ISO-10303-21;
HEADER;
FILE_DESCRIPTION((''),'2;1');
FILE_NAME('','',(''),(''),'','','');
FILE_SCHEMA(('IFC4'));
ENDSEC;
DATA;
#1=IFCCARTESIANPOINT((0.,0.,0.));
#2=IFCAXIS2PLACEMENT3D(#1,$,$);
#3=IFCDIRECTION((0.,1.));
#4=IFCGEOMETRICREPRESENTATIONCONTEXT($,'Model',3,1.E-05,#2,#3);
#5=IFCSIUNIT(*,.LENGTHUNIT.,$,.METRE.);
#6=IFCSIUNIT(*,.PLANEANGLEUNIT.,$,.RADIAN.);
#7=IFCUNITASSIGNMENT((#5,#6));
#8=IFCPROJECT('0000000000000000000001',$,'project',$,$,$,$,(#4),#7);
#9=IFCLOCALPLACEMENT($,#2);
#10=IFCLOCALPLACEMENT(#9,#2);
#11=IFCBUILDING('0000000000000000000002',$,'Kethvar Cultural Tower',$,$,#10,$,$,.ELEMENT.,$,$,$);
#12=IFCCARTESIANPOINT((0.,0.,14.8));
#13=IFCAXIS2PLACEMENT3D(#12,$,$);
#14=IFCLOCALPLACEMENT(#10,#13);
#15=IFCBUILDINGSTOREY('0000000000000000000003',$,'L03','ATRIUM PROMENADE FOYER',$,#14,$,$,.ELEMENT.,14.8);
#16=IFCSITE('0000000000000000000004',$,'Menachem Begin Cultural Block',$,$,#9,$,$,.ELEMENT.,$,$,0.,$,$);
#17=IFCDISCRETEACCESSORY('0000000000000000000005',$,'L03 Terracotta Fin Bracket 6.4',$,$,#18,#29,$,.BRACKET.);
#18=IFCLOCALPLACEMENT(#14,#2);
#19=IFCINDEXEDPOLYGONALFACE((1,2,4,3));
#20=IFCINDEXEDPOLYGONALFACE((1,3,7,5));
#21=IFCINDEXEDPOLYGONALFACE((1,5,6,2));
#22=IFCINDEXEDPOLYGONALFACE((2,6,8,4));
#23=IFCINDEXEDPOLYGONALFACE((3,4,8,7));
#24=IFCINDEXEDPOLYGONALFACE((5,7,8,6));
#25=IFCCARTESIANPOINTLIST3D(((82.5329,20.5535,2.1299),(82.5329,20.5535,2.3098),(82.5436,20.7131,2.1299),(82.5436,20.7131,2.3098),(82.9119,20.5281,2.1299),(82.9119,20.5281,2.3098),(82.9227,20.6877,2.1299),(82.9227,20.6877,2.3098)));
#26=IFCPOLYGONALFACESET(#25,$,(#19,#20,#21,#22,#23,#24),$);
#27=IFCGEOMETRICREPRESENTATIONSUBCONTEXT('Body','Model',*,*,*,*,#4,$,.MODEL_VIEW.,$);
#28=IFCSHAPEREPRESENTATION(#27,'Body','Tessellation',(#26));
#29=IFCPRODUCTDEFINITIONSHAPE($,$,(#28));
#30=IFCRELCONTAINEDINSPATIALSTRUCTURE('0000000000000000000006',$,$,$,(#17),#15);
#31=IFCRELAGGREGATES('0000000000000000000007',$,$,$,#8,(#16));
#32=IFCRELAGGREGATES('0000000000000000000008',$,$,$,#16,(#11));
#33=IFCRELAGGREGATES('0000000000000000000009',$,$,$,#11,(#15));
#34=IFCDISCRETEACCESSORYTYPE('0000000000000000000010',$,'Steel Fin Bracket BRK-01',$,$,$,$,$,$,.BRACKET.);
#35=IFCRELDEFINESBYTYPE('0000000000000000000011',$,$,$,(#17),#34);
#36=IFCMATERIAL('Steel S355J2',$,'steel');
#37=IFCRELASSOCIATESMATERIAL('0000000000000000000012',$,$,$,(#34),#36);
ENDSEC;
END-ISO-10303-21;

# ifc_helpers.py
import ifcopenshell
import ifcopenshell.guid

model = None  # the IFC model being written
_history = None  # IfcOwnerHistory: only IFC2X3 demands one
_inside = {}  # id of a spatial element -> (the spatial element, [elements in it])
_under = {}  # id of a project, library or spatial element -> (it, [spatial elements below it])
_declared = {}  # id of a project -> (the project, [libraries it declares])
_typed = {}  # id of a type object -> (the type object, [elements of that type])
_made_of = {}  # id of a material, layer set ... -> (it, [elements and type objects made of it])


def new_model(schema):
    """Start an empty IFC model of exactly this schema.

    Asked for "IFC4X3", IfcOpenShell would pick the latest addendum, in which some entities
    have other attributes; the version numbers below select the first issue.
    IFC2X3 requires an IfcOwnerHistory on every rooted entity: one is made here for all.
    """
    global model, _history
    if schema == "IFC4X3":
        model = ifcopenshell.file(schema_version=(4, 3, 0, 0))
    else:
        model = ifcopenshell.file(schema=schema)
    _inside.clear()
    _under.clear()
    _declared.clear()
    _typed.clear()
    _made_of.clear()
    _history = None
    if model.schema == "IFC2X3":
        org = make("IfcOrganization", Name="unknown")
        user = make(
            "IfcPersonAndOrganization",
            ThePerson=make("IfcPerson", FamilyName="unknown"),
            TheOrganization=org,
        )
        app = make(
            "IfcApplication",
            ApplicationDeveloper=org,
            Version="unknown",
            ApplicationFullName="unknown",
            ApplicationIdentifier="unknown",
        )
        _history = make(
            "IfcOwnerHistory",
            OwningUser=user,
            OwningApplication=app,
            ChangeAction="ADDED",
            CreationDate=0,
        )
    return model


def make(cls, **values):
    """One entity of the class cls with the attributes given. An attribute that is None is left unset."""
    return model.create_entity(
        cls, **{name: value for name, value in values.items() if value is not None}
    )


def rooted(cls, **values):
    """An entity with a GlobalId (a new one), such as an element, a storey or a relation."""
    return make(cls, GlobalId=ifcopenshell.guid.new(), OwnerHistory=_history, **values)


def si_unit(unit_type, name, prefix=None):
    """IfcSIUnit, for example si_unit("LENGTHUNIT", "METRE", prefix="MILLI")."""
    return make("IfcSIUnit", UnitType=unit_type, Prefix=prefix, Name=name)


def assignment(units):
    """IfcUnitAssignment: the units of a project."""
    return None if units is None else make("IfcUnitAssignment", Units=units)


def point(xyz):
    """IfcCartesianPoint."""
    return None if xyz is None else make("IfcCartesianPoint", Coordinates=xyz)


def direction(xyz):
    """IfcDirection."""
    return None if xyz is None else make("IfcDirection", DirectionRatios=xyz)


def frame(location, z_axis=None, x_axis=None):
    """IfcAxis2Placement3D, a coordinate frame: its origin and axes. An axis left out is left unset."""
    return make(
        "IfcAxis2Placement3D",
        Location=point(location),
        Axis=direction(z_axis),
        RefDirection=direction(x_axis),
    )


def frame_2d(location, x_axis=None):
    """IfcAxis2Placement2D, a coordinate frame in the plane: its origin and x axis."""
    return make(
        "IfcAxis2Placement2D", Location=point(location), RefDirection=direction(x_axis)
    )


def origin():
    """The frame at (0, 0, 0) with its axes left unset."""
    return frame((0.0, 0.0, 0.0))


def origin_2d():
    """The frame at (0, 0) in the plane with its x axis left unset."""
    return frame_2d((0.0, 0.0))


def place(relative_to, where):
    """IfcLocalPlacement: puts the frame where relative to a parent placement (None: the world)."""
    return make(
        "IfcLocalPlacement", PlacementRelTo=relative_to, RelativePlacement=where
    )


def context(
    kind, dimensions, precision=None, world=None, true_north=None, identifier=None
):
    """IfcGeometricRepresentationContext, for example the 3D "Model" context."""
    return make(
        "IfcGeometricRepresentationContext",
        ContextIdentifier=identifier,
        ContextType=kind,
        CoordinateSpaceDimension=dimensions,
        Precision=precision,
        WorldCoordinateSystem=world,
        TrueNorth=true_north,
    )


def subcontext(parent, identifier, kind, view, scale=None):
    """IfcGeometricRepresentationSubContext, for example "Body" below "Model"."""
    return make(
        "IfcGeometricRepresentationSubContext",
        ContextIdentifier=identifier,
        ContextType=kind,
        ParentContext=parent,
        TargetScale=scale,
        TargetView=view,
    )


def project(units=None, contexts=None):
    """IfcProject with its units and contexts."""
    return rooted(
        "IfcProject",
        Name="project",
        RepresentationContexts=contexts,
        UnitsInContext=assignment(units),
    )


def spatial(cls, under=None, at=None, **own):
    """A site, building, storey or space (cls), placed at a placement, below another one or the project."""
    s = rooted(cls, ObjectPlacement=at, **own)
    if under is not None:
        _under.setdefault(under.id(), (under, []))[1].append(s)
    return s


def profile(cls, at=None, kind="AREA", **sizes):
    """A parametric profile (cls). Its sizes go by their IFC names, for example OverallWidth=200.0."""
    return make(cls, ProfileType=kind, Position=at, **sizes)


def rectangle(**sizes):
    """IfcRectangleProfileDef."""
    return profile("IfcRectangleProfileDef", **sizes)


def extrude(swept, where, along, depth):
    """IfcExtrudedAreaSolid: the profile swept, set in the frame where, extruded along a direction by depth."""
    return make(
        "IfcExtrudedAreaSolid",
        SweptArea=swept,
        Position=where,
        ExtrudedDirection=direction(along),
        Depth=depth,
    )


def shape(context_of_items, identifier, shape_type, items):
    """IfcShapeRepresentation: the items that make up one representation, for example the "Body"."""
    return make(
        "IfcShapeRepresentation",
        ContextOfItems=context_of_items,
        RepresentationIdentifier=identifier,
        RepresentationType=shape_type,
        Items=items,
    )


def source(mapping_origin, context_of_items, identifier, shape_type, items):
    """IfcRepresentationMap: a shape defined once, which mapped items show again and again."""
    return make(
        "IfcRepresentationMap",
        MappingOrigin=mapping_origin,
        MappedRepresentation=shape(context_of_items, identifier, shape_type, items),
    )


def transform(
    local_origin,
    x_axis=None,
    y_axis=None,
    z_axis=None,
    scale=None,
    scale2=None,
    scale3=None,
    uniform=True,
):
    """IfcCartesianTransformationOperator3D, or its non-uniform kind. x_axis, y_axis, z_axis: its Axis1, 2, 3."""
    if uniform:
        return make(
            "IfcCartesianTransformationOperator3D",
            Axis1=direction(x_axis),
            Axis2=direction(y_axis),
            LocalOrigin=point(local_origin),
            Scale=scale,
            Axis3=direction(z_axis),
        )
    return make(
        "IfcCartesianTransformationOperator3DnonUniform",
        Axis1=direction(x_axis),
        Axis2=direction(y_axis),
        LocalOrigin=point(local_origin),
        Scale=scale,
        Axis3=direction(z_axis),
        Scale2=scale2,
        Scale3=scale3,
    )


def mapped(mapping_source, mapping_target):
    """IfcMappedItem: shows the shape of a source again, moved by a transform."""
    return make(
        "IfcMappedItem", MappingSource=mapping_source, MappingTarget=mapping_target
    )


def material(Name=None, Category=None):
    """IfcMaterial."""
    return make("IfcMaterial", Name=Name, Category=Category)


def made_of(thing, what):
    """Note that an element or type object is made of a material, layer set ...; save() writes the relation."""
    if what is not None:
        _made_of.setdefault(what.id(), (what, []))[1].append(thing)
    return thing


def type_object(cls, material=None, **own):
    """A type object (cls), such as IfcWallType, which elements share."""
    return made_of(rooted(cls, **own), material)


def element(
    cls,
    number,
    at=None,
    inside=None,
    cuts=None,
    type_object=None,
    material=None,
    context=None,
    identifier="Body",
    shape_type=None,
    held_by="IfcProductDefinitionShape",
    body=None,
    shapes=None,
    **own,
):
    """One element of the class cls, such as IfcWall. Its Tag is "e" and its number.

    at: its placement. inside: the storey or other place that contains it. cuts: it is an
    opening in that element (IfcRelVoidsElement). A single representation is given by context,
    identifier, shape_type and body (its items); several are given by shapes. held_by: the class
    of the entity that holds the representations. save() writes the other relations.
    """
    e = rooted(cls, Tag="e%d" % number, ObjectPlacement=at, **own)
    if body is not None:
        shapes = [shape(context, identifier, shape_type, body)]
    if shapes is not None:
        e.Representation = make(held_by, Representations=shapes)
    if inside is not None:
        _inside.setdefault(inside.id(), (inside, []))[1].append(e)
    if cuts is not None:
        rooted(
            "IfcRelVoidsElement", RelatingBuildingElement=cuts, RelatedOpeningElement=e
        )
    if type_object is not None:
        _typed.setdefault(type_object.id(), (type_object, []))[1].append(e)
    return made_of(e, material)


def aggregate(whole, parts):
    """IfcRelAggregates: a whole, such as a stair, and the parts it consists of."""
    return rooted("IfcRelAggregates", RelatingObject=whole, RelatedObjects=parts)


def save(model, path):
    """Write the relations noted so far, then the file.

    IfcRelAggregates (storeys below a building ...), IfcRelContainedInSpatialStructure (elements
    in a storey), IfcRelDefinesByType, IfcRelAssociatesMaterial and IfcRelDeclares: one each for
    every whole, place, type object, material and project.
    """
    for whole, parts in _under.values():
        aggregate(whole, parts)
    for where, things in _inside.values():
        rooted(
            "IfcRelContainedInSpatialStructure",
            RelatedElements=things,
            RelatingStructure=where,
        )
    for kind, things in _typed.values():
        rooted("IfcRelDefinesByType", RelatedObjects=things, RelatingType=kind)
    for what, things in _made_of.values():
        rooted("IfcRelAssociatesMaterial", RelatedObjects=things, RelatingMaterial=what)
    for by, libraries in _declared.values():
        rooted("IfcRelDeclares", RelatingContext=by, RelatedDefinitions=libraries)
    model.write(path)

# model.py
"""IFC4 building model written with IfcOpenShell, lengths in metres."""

from ifc_helpers import new_model, si_unit, direction, frame, origin, origin_2d, place, context, subcontext, project, spatial, rectangle, extrude, source, transform, mapped, material, type_object, element, save


model = new_model("IFC4")

# Units and contexts
model_context = context("Model", 3, precision=1e-05, world=origin(), true_north=direction((0.0, 1.0)))
body_context = subcontext(model_context, "Body", "Model", "MODEL_VIEW")
ifc_project = project(units=[si_unit("LENGTHUNIT", "METRE"), si_unit("PLANEANGLEUNIT", "RADIAN")], contexts=[model_context])

# Site, building, storey
site_placement = place(None, origin())
site = spatial("IfcSite", under=ifc_project, at=site_placement, Name="Menachem Begin Cultural Block", CompositionType="ELEMENT", RefElevation=0.0)
building_placement = place(site_placement, origin())
building = spatial("IfcBuilding", under=site, at=building_placement, Name="Kethvar Cultural Tower", CompositionType="ELEMENT")
storey_placement = place(building_placement, frame((0.0, 0.0, 14.8)))
storey = spatial("IfcBuildingStorey", under=building, at=storey_placement, Name="L03", Description="ATRIUM PROMENADE FOYER", CompositionType="ELEMENT", Elevation=14.8)

# Shared definitions
ifc_material_1 = material(Name="Steel S355J2", Category="steel")

# Discrete accessory
discrete_accessory_type = type_object("IfcDiscreteAccessoryType", Name="Steel Fin Bracket BRK-01", PredefinedType="BRACKET", material=ifc_material_1)
shared_shape_1 = source(origin(), body_context, "Body", "SweptSolid", [
    extrude(rectangle(XDim=0.3799, YDim=0.1599, at=origin_2d()), origin(), (0.0, 0.0, 1.0), 0.1799),
])
for number, where, z_axis, x_axis, name in (
    (1, (82.7278, 20.6206, 2.1299), (0.0, 0.0, 1.0), (0.997755, -0.06697, 0.0), "L03 Terracotta Fin Bracket 6.4"),
):
    element("IfcDiscreteAccessory", number, at=place(storey_placement, frame(where, z_axis=z_axis, x_axis=x_axis)), inside=storey, type_object=discrete_accessory_type, Name=name, PredefinedType="BRACKET", context=body_context, shape_type="MappedRepresentation", body=[
        mapped(shared_shape_1, transform((0.0, 0.0, 0.0), scale=1.0)),
    ])

save(model, "model.ifc")
